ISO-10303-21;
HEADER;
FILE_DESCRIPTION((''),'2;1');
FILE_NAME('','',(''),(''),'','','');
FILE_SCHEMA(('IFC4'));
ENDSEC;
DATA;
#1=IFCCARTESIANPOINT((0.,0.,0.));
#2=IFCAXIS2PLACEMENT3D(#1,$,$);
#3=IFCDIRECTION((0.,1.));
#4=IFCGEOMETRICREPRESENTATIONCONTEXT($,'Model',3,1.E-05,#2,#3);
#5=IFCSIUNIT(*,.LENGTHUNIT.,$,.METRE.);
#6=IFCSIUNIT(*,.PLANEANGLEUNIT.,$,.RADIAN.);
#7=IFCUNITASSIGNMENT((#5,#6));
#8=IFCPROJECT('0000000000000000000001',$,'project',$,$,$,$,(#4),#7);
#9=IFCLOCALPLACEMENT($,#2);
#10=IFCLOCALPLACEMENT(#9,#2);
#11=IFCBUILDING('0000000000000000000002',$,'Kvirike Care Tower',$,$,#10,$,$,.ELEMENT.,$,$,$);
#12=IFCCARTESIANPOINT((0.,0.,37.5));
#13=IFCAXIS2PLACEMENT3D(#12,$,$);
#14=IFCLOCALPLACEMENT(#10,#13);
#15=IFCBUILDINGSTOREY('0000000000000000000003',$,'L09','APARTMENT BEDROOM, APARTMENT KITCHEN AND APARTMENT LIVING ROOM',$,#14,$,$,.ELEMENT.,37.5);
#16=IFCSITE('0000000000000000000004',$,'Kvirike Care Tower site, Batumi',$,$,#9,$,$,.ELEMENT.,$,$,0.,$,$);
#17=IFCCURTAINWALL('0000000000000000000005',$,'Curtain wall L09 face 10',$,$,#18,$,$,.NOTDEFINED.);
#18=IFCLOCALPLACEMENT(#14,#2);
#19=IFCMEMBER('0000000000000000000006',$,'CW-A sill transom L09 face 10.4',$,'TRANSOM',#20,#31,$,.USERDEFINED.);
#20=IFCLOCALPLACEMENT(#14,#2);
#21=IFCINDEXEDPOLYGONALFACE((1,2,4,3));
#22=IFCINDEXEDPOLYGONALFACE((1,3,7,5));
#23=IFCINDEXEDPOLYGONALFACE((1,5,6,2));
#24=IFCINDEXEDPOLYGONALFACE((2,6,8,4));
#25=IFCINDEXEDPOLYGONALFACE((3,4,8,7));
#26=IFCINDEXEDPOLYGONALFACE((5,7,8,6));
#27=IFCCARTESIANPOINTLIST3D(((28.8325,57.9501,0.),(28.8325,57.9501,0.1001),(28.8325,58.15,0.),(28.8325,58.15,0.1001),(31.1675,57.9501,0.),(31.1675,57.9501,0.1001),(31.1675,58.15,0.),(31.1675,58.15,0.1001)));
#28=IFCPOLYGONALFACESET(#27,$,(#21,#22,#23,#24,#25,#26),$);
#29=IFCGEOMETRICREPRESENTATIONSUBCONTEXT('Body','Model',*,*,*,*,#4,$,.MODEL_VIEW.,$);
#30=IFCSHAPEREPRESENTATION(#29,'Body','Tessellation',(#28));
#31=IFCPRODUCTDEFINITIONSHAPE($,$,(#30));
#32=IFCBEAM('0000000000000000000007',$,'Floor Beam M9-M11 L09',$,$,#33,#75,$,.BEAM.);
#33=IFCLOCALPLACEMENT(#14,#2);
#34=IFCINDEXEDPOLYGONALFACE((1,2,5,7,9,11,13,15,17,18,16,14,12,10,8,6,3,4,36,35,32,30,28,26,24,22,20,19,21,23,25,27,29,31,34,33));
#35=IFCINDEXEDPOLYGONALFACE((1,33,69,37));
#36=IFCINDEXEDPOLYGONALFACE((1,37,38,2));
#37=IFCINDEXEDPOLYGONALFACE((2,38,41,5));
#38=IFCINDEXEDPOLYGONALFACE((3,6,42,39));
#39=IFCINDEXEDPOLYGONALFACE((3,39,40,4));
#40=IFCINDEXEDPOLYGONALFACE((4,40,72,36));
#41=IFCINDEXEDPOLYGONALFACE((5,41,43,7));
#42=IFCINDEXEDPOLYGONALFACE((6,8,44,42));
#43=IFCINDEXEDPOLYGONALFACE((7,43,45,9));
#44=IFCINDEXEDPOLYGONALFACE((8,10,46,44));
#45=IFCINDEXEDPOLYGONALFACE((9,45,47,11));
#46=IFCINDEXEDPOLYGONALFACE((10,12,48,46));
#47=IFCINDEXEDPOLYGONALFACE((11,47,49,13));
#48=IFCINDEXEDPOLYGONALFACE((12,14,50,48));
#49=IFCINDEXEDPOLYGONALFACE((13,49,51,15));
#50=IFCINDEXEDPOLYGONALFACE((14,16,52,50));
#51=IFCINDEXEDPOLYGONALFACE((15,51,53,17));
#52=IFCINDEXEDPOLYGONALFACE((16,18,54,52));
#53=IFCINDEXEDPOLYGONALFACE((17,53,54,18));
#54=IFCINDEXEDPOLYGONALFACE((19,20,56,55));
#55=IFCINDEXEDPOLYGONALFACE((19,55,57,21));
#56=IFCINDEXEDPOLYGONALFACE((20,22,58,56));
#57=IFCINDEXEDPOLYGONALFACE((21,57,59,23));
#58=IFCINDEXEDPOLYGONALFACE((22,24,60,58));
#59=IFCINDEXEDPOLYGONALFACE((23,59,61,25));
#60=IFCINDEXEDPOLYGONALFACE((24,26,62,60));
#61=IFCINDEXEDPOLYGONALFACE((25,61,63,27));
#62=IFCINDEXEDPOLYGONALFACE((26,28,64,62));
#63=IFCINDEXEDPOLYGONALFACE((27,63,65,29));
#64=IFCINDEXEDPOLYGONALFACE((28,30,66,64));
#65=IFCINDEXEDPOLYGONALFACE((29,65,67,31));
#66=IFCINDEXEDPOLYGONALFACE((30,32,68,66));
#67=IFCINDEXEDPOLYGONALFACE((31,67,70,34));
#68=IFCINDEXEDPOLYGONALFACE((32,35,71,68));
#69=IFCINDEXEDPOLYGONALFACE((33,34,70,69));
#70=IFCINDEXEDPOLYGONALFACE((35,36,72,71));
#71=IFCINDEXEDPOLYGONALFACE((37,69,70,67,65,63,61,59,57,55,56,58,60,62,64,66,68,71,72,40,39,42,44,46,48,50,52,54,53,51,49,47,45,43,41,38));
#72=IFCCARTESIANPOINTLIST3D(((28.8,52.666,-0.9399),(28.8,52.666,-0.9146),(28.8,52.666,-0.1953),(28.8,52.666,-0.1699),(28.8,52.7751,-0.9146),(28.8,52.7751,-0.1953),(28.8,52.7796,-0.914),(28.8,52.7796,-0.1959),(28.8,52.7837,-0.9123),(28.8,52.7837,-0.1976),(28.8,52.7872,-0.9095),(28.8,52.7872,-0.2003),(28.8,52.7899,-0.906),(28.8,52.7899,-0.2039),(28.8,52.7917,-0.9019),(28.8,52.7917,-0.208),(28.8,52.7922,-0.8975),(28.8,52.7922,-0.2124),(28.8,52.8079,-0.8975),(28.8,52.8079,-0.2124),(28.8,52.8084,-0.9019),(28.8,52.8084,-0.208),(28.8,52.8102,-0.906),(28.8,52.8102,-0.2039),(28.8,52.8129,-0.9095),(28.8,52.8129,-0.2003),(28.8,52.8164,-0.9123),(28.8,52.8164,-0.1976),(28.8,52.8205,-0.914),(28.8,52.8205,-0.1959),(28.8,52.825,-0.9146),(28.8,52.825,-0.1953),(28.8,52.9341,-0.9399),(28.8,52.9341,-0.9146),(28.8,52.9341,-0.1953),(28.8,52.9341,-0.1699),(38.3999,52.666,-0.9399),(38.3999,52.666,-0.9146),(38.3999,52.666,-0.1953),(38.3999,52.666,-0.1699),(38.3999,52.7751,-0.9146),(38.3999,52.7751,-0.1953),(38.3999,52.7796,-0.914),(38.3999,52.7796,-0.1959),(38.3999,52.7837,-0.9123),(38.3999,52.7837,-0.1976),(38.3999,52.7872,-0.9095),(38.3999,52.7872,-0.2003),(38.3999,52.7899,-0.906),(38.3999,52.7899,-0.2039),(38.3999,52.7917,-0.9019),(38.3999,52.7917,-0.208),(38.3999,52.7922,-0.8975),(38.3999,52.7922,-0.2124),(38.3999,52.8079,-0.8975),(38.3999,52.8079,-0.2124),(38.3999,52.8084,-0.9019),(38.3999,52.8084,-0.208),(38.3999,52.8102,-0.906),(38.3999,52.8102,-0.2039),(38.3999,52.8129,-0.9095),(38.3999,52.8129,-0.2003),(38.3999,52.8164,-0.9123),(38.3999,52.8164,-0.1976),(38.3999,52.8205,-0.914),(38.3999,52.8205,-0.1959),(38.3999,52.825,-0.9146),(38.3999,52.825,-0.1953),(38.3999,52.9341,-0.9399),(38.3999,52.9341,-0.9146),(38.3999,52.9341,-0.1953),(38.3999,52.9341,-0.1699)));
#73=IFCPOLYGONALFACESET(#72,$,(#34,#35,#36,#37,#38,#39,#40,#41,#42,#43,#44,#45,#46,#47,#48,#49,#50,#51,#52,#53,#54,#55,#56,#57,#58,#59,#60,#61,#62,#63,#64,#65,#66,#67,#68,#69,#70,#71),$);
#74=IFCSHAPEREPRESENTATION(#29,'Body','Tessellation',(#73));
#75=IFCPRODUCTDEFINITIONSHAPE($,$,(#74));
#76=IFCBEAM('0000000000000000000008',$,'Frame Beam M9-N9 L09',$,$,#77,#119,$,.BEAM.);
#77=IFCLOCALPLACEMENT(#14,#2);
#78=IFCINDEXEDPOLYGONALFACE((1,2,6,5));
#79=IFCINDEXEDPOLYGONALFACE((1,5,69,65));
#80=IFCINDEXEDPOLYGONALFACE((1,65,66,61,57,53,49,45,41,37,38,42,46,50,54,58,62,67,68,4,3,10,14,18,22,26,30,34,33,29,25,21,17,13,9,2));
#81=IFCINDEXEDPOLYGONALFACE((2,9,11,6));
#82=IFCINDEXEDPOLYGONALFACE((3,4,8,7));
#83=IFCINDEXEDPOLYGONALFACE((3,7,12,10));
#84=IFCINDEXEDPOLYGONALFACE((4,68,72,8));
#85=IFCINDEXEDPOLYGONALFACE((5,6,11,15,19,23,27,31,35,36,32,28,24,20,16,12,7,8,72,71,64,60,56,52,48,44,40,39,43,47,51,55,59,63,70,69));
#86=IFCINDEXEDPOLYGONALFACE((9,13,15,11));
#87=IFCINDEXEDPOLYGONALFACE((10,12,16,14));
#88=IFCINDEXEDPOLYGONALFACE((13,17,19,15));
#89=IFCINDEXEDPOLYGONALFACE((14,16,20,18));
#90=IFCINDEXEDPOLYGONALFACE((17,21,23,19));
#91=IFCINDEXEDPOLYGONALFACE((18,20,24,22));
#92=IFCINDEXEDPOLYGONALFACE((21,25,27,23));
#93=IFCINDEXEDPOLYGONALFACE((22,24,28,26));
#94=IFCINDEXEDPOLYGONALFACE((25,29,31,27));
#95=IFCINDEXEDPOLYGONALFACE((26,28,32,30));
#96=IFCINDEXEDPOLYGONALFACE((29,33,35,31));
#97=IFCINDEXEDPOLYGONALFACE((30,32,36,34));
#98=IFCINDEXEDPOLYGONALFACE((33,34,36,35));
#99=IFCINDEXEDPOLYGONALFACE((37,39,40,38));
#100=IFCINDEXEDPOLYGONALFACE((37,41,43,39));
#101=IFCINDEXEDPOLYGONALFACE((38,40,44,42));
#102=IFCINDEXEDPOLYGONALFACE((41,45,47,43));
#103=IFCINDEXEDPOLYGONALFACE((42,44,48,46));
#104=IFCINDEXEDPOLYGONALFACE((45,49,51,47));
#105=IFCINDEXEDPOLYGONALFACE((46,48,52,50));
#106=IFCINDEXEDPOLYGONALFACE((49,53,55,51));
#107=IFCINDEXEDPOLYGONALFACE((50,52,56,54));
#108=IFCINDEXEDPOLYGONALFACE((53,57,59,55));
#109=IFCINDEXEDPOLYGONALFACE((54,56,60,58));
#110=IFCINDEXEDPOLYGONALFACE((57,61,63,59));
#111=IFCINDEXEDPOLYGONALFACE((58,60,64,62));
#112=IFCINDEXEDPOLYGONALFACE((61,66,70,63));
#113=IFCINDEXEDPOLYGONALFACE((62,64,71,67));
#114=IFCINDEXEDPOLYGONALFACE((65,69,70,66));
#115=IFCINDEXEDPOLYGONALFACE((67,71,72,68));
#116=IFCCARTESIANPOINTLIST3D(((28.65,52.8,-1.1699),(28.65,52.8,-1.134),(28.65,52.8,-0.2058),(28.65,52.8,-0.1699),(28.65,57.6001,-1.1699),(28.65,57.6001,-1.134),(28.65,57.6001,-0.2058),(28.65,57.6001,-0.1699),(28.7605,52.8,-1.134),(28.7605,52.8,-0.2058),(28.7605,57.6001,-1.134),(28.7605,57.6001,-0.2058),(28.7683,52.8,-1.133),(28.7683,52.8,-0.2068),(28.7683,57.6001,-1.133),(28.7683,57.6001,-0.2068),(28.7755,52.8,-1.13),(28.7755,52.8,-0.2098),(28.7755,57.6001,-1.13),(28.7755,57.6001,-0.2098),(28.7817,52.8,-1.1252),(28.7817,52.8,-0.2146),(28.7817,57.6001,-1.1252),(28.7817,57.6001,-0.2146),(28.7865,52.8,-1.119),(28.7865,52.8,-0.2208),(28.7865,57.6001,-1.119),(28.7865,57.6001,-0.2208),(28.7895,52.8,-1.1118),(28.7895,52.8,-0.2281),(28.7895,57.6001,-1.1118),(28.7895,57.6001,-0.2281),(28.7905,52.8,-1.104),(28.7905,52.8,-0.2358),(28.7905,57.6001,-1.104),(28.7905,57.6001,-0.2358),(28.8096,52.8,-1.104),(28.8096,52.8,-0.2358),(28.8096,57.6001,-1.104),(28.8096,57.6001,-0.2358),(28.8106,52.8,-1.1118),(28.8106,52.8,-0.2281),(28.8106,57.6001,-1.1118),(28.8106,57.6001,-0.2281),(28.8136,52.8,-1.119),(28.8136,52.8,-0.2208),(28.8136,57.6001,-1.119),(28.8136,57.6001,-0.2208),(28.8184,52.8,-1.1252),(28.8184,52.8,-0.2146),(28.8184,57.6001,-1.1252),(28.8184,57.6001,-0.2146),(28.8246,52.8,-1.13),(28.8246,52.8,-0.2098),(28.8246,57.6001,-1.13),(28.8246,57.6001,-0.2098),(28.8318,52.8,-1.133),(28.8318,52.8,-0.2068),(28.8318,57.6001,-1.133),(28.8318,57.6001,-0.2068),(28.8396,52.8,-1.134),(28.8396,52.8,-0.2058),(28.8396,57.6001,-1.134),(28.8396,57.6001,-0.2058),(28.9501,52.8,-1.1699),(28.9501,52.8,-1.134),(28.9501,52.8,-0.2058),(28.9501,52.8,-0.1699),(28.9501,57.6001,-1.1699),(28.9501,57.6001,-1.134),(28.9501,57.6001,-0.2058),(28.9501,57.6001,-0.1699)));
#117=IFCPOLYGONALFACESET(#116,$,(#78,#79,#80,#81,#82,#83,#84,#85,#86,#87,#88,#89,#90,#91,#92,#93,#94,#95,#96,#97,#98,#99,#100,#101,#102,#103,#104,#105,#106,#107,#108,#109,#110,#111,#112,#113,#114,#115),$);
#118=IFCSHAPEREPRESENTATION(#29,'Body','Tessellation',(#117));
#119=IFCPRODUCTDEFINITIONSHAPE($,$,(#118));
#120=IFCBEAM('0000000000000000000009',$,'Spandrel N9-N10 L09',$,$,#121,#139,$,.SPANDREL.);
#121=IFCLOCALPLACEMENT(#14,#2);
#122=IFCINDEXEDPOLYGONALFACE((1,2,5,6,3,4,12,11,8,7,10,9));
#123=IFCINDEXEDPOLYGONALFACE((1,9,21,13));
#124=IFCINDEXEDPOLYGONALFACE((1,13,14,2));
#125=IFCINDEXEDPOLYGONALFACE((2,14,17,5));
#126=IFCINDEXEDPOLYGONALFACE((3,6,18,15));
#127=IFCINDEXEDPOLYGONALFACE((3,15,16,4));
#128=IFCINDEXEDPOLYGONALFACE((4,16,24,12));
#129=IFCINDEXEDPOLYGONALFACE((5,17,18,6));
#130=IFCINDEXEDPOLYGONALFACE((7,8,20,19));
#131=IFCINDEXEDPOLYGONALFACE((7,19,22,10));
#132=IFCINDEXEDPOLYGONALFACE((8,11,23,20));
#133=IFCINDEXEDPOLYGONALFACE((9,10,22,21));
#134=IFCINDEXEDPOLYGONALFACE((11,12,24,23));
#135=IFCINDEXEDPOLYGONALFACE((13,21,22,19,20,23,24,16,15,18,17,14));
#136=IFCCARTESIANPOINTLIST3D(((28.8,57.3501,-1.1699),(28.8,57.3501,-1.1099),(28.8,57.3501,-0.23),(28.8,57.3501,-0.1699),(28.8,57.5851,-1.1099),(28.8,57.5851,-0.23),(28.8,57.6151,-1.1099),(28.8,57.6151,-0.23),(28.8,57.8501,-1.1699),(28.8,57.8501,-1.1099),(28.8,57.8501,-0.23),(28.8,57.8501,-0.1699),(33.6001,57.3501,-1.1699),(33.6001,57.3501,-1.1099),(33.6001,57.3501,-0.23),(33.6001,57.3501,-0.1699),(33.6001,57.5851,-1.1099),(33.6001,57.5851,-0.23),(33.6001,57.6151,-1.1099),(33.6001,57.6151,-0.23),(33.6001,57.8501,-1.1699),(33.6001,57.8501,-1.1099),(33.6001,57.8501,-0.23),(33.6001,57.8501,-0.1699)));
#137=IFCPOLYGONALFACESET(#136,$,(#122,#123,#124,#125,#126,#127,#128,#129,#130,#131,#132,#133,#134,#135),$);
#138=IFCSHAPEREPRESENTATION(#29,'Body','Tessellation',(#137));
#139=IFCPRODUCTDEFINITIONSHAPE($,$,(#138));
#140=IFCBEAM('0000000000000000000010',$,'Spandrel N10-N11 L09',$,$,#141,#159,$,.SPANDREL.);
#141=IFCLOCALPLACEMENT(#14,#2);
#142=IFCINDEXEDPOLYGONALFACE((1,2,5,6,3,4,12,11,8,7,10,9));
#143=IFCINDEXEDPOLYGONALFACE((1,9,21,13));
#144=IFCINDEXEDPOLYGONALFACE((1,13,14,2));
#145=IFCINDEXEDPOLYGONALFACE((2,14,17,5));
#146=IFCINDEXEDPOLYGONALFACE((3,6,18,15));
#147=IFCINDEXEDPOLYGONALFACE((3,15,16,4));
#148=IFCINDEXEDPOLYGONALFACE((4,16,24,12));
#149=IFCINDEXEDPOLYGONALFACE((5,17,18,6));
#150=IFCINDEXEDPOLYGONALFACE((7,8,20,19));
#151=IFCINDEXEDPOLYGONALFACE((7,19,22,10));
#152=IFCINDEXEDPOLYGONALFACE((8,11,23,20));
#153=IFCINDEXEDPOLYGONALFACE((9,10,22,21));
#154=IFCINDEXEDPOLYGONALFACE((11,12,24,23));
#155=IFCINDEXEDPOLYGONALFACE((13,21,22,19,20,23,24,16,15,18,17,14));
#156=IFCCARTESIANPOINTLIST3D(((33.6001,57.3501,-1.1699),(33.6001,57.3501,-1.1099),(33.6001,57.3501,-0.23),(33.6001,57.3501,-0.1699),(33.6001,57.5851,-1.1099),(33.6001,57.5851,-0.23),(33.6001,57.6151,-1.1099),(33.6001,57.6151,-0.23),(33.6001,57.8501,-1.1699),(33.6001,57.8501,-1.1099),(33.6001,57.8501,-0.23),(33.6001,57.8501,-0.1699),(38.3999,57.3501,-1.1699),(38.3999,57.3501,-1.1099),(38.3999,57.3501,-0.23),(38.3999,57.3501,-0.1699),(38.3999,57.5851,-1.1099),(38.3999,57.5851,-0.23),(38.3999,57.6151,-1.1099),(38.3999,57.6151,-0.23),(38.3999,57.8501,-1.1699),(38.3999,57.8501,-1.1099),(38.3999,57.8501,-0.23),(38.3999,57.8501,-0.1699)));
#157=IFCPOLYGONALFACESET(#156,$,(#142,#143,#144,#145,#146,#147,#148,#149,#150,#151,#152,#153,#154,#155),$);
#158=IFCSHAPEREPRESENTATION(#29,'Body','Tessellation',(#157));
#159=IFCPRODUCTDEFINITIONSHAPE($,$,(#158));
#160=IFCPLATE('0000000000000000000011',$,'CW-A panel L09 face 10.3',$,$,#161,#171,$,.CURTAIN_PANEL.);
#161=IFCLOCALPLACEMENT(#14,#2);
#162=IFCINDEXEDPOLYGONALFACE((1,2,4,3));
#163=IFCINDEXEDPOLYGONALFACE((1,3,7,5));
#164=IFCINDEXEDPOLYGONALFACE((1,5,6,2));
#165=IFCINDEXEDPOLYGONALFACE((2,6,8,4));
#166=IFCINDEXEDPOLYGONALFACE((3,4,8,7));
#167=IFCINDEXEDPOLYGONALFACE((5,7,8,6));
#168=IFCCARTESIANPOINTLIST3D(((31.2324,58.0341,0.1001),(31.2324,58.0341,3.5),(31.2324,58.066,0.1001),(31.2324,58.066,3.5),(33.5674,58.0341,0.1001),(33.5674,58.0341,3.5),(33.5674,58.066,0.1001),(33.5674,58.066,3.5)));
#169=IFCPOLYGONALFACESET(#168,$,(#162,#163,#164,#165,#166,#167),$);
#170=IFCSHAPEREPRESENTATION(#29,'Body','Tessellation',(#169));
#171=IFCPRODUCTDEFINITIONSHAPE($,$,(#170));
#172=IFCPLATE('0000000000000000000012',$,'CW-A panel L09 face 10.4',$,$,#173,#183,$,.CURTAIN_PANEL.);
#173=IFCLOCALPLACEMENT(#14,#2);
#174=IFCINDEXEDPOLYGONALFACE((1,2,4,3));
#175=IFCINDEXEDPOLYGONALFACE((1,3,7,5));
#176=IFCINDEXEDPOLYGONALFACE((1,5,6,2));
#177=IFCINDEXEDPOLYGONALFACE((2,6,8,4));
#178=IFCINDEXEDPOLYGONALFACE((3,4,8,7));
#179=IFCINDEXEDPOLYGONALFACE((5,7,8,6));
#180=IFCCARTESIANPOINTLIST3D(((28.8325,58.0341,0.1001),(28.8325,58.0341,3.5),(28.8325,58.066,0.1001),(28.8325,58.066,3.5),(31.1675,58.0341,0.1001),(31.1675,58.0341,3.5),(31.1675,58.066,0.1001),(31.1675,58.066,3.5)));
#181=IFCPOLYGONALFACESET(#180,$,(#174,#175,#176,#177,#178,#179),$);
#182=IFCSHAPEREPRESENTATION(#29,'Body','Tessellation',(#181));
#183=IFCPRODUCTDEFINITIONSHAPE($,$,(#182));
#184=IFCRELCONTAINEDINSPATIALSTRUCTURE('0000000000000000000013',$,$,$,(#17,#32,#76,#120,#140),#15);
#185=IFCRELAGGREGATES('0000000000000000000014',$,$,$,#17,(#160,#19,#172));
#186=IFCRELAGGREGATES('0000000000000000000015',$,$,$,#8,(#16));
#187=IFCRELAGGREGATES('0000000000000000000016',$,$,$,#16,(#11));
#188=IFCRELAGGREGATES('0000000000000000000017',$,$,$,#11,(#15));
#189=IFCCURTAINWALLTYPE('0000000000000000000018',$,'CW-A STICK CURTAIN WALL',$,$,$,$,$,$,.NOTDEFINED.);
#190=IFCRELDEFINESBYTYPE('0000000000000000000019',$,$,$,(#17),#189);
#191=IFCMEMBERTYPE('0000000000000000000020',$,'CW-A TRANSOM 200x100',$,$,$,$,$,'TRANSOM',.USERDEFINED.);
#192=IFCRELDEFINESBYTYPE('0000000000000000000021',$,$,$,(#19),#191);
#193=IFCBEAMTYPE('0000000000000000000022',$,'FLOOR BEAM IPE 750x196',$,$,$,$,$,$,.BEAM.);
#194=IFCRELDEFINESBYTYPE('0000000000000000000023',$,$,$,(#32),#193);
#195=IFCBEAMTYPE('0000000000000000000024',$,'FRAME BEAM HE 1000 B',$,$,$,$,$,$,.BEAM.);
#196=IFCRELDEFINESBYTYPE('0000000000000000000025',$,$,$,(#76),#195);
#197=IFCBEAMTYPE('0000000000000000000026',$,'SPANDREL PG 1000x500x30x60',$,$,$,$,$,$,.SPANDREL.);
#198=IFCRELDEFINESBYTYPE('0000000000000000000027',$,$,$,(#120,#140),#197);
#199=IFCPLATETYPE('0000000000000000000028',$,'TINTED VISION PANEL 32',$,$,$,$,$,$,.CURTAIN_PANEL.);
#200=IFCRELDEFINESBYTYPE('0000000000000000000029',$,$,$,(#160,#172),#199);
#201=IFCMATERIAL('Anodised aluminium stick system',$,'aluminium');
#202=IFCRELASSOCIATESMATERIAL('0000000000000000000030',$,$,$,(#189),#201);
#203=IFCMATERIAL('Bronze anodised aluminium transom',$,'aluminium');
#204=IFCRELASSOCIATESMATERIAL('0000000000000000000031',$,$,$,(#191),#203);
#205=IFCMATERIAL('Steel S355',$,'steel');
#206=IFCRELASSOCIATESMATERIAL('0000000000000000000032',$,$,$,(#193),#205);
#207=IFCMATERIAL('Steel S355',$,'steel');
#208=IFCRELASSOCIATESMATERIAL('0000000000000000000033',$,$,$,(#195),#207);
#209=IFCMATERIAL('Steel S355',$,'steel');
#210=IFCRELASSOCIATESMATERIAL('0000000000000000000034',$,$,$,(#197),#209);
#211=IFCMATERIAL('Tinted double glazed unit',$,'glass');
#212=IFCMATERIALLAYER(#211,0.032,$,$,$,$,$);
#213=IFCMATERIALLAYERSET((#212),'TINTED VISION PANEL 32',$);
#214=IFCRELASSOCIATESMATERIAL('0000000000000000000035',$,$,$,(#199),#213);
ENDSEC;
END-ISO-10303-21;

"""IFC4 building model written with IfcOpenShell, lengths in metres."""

from ifc_helpers import new_model, si_unit, direction, frame, origin, origin_2d, place, context, subcontext, project, spatial, rectangle, i_section, extrude, material, layer, layer_set, material_profile, profile_set, type_object, element, aggregate, save


model = new_model("IFC4")

# Units and contexts
model_context = context("Model", 3, precision=1e-05, world=origin(), true_north=direction((0.0, 1.0)))
body_context = subcontext(model_context, "Body", "Model", "MODEL_VIEW")
ifc_project = project(units=[si_unit("LENGTHUNIT", "METRE"), si_unit("PLANEANGLEUNIT", "RADIAN")], contexts=[model_context])

# Site, building, storey
site_placement = place(None, origin())
site = spatial("IfcSite", under=ifc_project, at=site_placement, Name="Kvirike Care Tower site, Batumi", CompositionType="ELEMENT", RefElevation=0.0)
building_placement = place(site_placement, origin())
building = spatial("IfcBuilding", under=site, at=building_placement, Name="Kvirike Care Tower", CompositionType="ELEMENT")
storey_placement = place(building_placement, frame((0.0, 0.0, 37.5)))
storey = spatial("IfcBuildingStorey", under=building, at=storey_placement, Name="L09", Description="APARTMENT BEDROOM, APARTMENT KITCHEN AND APARTMENT LIVING ROOM", CompositionType="ELEMENT", Elevation=37.5)

# Curtain wall, member
ifc_material_1 = material(Name="Anodised aluminium stick system", Category="aluminium")
curtain_wall_type = type_object("IfcCurtainWallType", Name="CW-A STICK CURTAIN WALL", PredefinedType="NOTDEFINED", material=ifc_material_1)
curtain_wall_placement = place(storey_placement, origin())
curtain_wall = element("IfcCurtainWall", 1, at=curtain_wall_placement, inside=storey, type_object=curtain_wall_type, Name="Curtain wall L09 face 10", PredefinedType="NOTDEFINED")
ifc_material_2 = material(Name="Bronze anodised aluminium transom", Category="aluminium")
ifc_material_profile_1 = material_profile(ifc_material_2, rectangle(XDim=0.2, YDim=0.1001, at=origin_2d()), Name="CW-A TRANSOM 200x100")
ifc_profile_set_1 = profile_set([ifc_material_profile_1], Name="Bronze anodised aluminium transom")
member_type_1 = type_object("IfcMemberType", Name="CW-A TRANSOM 200x100", ElementType="TRANSOM", PredefinedType="USERDEFINED", material=ifc_profile_set_1)
member_1_placement = place(storey_placement, frame((31.1675, 58.05, 0.05), z_axis=(-1.0, 0.0, 0.0), x_axis=(0.0, -1.0, 0.0)))
member_1 = element("IfcMember", 2, at=member_1_placement, type_object=member_type_1, Name="CW-A sill transom L09 face 10.4", ObjectType="TRANSOM", PredefinedType="USERDEFINED", context=body_context, shape_type="SweptSolid", body=[
    extrude(rectangle(XDim=0.2, YDim=0.1001, at=origin_2d()), origin(), (0.0, 0.0, 1.0), 2.335),
])

# Beams
ifc_material_3 = material(Name="Steel S355", Category="steel")
ifc_material_profile_2 = material_profile(ifc_material_3, i_section(OverallWidth=0.2681, OverallDepth=0.77, WebThickness=0.0156, FlangeThickness=0.0254, FilletRadius=0.0171, at=origin_2d()), Name="IPE 750x196")
ifc_profile_set_2 = profile_set([ifc_material_profile_2], Name="Steel S355")
beam_type_1 = type_object("IfcBeamType", Name="FLOOR BEAM IPE 750x196", PredefinedType="BEAM", material=ifc_profile_set_2)
beam_1_placement = place(storey_placement, frame((28.8, 52.8, -0.5549), z_axis=(1.0, 0.0, 0.0), x_axis=(0.0, 1.0, 0.0)))
element("IfcBeam", 3, at=beam_1_placement, inside=storey, type_object=beam_type_1, Name="Floor Beam M9-M11 L09", PredefinedType="BEAM", context=body_context, shape_type="SweptSolid", body=[
    extrude(i_section(OverallWidth=0.2681, OverallDepth=0.77, WebThickness=0.0156, FlangeThickness=0.0254, FilletRadius=0.0171, at=origin_2d()), origin(), (0.0, 0.0, 1.0), 9.5999),
])
ifc_material_4 = material(Name="Steel S355", Category="steel")
ifc_material_profile_3 = material_profile(ifc_material_4, i_section(OverallWidth=0.3, OverallDepth=1.0, WebThickness=0.019, FlangeThickness=0.0359, FilletRadius=0.03, at=origin_2d()), Name="HE 1000 B")
ifc_profile_set_3 = profile_set([ifc_material_profile_3], Name="Steel S355")
beam_type_2 = type_object("IfcBeamType", Name="FRAME BEAM HE 1000 B", PredefinedType="BEAM", material=ifc_profile_set_3)
beam_2_placement = place(storey_placement, frame((28.8, 52.8, -0.6699), z_axis=(0.0, 1.0, 0.0), x_axis=(-1.0, 0.0, 0.0)))
element("IfcBeam", 4, at=beam_2_placement, inside=storey, type_object=beam_type_2, Name="Frame Beam M9-N9 L09", PredefinedType="BEAM", context=body_context, shape_type="SweptSolid", body=[
    extrude(i_section(OverallWidth=0.3, OverallDepth=1.0, WebThickness=0.019, FlangeThickness=0.0359, FilletRadius=0.03, at=origin_2d()), origin(), (0.0, 0.0, 1.0), 4.8),
])
ifc_material_5 = material(Name="Steel S355", Category="steel")
ifc_material_profile_4 = material_profile(ifc_material_5, i_section(OverallWidth=0.5, OverallDepth=1.0, WebThickness=0.03, FlangeThickness=0.0601, at=origin_2d()), Name="PG 1000x500x30x60")
ifc_profile_set_4 = profile_set([ifc_material_profile_4], Name="Steel S355")
beam_type_3 = type_object("IfcBeamType", Name="SPANDREL PG 1000x500x30x60", PredefinedType="SPANDREL", material=ifc_profile_set_4)
beam_3_placement = place(storey_placement, frame((28.8, 57.6001, -0.6699), z_axis=(1.0, 0.0, 0.0), x_axis=(0.0, 1.0, 0.0)))
element("IfcBeam", 5, at=beam_3_placement, inside=storey, type_object=beam_type_3, Name="Spandrel N9-N10 L09", PredefinedType="SPANDREL", context=body_context, shape_type="SweptSolid", body=[
    extrude(i_section(OverallWidth=0.5, OverallDepth=1.0, WebThickness=0.03, FlangeThickness=0.0601, at=origin_2d()), origin(), (0.0, 0.0, 1.0), 4.8),
])
beam_4_placement = place(storey_placement, frame((33.6001, 57.6001, -0.6699), z_axis=(1.0, 0.0, 0.0), x_axis=(0.0, 1.0, 0.0)))
element("IfcBeam", 6, at=beam_4_placement, inside=storey, type_object=beam_type_3, Name="Spandrel N10-N11 L09", PredefinedType="SPANDREL", context=body_context, shape_type="SweptSolid", body=[
    extrude(i_section(OverallWidth=0.5, OverallDepth=1.0, WebThickness=0.03, FlangeThickness=0.0601, at=origin_2d()), origin(), (0.0, 0.0, 1.0), 4.7998),
])

# Plates
ifc_material_6 = material(Name="Tinted double glazed unit", Category="glass")
ifc_layer_1 = layer(ifc_material_6, 0.032)
ifc_layer_set_1 = layer_set([ifc_layer_1], Name="TINTED VISION PANEL 32")
plate_type = type_object("IfcPlateType", Name="TINTED VISION PANEL 32", PredefinedType="CURTAIN_PANEL", material=ifc_layer_set_1)
plate_1_placement = place(storey_placement, frame((32.3999, 58.05, 0.1001), z_axis=(0.0, 0.0, 1.0), x_axis=(-1.0, 0.0, 0.0)))
plate_1 = element("IfcPlate", 7, at=plate_1_placement, type_object=plate_type, Name="CW-A panel L09 face 10.3", PredefinedType="CURTAIN_PANEL", context=body_context, shape_type="SweptSolid", body=[
    extrude(rectangle(XDim=2.335, YDim=0.032, at=origin_2d()), origin(), (0.0, 0.0, 1.0), 3.3999),
])
plate_2_placement = place(storey_placement, frame((30.0, 58.05, 0.1001), z_axis=(0.0, 0.0, 1.0), x_axis=(-1.0, 0.0, 0.0)))
plate_2 = element("IfcPlate", 8, at=plate_2_placement, type_object=plate_type, Name="CW-A panel L09 face 10.4", PredefinedType="CURTAIN_PANEL", context=body_context, shape_type="SweptSolid", body=[
    extrude(rectangle(XDim=2.335, YDim=0.032, at=origin_2d()), origin(), (0.0, 0.0, 1.0), 3.3999),
])
aggregate(curtain_wall, [plate_1, member_1, plate_2])

save(model, "model.ifc")
